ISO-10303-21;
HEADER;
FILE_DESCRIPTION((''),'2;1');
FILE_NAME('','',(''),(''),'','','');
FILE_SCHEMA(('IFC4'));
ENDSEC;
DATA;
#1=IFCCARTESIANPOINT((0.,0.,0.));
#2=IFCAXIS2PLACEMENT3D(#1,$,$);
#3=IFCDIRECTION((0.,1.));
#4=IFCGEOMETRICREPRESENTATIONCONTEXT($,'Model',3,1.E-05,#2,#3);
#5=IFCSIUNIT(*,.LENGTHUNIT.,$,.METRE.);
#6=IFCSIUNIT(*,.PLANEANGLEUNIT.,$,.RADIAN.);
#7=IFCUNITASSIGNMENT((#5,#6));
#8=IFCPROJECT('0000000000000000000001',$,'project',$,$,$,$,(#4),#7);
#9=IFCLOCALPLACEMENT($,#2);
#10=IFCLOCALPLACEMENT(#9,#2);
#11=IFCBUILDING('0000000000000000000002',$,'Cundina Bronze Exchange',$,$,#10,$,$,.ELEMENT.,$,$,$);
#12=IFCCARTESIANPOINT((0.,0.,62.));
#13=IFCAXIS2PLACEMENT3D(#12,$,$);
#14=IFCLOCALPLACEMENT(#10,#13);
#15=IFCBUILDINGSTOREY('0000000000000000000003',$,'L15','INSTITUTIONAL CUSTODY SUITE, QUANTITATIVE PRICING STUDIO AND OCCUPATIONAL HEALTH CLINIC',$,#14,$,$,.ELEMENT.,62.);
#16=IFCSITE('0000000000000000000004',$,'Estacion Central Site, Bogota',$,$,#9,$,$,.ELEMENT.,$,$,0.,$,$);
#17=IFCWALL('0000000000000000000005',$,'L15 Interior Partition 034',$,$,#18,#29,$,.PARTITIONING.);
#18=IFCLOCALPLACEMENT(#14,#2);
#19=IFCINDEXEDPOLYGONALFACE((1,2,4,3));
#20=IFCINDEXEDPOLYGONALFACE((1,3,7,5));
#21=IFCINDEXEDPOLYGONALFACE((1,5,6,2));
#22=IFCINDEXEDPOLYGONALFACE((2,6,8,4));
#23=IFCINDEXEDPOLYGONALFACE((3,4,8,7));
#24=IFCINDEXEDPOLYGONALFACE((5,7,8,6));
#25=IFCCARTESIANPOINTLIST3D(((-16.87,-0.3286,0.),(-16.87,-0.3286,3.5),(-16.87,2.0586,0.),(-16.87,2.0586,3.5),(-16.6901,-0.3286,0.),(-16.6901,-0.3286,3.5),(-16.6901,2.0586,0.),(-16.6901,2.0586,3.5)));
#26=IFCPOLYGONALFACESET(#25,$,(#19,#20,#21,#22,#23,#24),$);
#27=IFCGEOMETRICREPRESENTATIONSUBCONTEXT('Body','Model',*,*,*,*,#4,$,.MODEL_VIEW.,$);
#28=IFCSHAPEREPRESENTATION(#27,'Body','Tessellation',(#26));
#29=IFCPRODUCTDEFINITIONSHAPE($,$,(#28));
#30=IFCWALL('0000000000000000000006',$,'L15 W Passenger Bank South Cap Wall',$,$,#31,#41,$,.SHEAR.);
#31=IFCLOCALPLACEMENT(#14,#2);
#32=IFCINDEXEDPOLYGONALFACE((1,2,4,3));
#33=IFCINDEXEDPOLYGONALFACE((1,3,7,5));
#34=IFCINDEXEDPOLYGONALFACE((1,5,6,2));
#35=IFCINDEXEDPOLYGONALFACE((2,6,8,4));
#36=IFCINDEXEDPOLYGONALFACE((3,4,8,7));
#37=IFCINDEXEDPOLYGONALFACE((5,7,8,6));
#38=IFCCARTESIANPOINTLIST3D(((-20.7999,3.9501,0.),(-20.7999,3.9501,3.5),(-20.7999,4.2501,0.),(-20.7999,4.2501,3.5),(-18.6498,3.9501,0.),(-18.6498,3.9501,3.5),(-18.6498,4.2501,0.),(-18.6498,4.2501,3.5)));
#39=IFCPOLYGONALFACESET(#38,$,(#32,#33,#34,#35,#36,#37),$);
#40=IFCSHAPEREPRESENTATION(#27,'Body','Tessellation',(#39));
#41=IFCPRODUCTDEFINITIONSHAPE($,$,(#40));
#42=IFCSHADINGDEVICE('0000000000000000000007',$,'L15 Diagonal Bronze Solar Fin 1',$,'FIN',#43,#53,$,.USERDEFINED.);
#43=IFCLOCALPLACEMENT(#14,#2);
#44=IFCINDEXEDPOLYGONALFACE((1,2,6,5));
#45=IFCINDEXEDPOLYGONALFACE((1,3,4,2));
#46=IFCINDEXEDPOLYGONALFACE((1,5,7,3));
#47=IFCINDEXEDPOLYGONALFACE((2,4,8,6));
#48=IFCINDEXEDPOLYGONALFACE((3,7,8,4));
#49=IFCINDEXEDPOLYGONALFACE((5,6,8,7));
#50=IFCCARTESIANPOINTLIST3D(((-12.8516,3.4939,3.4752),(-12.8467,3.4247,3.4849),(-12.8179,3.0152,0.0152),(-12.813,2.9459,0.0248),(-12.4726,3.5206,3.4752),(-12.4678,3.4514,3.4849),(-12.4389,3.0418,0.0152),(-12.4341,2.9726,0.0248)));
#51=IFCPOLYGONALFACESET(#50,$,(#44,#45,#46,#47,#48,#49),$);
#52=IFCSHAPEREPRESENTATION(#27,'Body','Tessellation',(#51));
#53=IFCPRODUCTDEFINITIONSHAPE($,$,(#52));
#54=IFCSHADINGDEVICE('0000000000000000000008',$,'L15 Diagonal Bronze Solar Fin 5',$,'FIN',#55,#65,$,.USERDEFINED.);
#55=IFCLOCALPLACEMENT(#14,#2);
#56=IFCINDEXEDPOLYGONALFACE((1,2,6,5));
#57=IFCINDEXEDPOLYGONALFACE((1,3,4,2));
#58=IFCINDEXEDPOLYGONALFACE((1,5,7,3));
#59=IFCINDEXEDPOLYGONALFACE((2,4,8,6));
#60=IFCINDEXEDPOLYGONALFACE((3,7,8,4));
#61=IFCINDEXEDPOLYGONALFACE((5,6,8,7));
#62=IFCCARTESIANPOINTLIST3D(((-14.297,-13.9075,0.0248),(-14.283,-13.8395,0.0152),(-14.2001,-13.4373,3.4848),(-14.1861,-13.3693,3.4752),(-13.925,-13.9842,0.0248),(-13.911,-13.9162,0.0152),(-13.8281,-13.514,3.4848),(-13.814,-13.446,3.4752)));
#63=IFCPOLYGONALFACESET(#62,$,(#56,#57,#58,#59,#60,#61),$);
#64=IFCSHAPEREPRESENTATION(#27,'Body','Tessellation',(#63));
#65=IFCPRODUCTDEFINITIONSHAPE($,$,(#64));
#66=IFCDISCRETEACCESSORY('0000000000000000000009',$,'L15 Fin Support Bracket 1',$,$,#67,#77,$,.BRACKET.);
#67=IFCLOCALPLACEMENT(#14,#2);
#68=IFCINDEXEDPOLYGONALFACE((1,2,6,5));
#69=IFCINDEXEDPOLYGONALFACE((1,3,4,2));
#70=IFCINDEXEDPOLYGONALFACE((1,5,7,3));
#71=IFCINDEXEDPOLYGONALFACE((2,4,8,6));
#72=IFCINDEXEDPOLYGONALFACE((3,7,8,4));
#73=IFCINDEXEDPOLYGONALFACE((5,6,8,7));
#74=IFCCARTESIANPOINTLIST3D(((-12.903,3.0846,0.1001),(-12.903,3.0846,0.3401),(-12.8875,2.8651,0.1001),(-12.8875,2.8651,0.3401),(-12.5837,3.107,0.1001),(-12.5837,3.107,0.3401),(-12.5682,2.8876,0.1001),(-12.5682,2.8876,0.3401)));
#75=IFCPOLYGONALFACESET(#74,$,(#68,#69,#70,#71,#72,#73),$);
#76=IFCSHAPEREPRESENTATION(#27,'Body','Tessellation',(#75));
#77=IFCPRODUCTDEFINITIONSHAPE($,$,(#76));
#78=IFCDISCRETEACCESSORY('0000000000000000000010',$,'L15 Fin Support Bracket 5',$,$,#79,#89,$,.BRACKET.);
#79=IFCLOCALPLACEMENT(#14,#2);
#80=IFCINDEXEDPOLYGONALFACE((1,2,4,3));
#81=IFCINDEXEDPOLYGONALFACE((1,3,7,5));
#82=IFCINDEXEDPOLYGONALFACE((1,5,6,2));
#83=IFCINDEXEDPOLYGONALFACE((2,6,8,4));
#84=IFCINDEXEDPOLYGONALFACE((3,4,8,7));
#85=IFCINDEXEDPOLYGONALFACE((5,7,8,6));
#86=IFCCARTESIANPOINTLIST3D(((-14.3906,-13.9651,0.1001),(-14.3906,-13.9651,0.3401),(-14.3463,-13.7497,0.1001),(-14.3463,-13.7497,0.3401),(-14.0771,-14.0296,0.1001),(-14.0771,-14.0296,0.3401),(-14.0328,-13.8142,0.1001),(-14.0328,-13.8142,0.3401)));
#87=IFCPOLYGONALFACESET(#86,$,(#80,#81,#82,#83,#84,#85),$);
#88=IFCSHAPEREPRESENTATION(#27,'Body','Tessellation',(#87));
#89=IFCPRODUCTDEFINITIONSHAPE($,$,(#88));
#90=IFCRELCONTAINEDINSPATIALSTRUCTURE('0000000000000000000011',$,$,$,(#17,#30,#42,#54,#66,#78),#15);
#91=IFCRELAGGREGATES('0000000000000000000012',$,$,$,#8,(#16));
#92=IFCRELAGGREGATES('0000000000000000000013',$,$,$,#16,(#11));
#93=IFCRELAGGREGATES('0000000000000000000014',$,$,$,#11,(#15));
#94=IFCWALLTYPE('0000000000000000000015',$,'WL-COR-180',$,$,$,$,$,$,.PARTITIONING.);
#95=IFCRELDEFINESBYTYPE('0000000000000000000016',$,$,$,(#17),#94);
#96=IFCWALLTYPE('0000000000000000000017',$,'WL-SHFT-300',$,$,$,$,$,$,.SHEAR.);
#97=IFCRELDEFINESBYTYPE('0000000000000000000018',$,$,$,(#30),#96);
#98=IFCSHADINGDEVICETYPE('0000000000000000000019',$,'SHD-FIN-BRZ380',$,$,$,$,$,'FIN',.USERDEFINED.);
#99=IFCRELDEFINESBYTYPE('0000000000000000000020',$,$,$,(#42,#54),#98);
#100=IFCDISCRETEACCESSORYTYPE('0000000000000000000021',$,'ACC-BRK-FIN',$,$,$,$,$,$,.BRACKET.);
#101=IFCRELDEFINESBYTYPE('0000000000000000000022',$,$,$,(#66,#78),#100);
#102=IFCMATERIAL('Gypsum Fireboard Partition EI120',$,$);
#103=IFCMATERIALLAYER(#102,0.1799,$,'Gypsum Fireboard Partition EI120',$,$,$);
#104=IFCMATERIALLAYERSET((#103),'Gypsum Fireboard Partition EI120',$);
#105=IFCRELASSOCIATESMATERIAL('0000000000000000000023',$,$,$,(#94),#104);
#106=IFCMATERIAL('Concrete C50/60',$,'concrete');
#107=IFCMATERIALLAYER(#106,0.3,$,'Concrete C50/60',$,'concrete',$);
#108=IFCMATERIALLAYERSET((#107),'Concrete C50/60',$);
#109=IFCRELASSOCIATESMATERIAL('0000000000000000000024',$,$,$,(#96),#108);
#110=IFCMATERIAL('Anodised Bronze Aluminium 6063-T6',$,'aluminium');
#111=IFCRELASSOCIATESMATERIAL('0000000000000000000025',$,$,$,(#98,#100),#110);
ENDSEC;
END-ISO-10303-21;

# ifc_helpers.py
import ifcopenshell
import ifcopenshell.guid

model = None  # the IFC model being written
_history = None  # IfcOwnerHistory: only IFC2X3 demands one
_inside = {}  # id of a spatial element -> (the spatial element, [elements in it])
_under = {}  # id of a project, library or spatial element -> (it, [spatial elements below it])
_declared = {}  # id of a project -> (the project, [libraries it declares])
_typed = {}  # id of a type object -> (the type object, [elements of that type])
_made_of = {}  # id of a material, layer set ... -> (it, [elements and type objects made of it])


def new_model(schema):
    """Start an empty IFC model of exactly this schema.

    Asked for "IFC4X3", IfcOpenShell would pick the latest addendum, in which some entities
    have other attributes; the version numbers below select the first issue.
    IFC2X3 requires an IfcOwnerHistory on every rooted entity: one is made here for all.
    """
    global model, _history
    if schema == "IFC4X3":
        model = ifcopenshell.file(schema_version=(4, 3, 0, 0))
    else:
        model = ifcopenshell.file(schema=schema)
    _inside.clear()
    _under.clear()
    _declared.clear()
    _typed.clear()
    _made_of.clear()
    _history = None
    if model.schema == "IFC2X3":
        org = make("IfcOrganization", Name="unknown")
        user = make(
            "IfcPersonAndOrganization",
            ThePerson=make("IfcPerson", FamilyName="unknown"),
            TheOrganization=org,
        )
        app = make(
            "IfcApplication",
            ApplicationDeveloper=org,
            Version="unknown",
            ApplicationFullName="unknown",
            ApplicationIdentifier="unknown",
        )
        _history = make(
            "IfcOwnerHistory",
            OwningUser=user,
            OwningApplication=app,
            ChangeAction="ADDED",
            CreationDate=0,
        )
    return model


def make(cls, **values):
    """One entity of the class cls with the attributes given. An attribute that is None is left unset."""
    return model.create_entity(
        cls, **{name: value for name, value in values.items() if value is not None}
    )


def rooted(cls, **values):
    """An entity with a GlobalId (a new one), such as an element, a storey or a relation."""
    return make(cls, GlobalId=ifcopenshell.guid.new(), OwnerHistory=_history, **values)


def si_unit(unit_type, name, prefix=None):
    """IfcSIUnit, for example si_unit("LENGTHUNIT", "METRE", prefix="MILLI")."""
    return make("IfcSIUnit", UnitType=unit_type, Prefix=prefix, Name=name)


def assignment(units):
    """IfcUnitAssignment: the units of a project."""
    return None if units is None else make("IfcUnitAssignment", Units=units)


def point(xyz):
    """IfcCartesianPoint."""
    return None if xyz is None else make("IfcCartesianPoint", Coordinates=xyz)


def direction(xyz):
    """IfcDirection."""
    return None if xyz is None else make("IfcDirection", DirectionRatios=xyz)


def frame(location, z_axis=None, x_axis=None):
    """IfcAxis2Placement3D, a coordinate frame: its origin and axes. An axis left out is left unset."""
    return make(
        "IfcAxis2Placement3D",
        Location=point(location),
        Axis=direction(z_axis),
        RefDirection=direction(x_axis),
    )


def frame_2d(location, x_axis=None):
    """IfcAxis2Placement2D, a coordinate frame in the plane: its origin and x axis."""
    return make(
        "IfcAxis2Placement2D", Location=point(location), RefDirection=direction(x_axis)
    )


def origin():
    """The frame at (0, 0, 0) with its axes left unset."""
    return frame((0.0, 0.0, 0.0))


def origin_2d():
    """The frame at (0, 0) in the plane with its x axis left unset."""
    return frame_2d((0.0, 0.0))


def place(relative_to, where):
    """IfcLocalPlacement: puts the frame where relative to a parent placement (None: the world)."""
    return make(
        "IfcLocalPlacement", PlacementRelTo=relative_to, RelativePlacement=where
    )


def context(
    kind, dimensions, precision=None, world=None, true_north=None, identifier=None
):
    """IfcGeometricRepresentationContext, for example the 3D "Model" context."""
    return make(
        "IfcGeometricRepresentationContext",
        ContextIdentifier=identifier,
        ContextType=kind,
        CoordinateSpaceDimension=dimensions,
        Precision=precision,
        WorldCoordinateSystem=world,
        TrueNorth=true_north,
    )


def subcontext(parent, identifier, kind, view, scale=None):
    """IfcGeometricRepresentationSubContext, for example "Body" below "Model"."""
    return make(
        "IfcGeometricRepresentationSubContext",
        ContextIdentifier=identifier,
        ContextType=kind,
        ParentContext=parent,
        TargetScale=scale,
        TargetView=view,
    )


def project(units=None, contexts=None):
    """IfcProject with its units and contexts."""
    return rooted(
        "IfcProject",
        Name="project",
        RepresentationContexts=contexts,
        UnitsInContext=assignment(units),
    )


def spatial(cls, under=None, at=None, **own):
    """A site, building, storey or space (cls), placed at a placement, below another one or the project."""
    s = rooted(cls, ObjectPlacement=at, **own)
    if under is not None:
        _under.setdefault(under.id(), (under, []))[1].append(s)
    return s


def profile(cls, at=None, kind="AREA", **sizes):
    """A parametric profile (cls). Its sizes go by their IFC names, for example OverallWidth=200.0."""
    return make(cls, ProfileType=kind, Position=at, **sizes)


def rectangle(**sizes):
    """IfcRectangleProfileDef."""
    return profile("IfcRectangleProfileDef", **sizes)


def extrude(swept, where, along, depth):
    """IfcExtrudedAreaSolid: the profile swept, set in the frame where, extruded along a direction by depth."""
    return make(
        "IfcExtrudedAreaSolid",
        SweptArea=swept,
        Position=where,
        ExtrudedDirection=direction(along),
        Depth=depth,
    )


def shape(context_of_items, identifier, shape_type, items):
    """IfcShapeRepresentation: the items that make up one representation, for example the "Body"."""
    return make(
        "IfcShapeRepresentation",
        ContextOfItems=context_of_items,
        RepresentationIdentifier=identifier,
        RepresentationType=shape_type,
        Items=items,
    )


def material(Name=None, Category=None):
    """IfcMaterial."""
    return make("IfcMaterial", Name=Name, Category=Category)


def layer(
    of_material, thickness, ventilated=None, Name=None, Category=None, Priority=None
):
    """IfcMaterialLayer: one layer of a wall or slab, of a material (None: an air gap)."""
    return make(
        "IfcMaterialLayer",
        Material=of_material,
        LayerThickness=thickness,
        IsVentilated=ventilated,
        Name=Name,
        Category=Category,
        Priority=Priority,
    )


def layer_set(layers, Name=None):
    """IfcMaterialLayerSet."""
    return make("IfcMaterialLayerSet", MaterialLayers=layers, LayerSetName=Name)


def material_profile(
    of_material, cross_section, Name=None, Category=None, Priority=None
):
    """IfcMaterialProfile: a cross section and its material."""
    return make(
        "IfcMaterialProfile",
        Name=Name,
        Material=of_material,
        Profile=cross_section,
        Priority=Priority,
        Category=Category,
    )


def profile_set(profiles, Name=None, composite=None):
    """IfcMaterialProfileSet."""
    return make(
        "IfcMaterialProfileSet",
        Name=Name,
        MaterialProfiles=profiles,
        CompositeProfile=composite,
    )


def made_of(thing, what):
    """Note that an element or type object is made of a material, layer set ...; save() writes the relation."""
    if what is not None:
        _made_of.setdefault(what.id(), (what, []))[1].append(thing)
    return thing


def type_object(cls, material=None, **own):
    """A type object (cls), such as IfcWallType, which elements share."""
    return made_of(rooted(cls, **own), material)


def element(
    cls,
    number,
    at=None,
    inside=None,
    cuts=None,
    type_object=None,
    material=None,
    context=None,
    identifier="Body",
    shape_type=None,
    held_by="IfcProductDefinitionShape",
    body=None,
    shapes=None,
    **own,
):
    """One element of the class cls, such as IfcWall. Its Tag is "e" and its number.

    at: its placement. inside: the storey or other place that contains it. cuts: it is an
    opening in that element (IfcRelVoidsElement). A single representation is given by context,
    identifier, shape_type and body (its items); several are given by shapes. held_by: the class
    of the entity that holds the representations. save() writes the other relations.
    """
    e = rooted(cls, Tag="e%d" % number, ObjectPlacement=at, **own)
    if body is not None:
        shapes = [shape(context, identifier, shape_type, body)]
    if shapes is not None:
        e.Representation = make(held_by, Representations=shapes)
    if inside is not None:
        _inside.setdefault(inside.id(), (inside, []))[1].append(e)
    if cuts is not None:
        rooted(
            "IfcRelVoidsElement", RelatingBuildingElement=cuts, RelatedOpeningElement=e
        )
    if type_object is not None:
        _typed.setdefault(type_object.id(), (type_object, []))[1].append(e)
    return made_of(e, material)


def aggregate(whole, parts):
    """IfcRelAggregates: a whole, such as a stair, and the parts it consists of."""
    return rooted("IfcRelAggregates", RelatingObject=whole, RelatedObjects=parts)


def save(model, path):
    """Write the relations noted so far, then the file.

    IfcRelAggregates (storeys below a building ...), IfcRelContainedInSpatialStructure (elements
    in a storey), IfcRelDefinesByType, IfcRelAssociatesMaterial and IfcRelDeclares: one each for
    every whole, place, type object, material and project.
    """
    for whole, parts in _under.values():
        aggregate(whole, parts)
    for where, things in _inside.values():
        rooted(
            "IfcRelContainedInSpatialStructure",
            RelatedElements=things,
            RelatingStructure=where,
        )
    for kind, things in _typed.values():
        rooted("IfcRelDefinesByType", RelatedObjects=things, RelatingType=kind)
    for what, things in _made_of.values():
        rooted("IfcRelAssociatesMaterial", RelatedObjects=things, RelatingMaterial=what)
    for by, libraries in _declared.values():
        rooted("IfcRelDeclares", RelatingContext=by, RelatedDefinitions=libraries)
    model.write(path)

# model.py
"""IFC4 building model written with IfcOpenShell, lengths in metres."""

from ifc_helpers import new_model, si_unit, direction, frame, frame_2d, origin, origin_2d, place, context, subcontext, project, spatial, rectangle, extrude, material, layer, layer_set, material_profile, profile_set, type_object, element, save


model = new_model("IFC4")

# Units and contexts
model_context = context("Model", 3, precision=1e-05, world=origin(), true_north=direction((0.0, 1.0)))
body_context = subcontext(model_context, "Body", "Model", "MODEL_VIEW")
ifc_project = project(units=[si_unit("LENGTHUNIT", "METRE"), si_unit("PLANEANGLEUNIT", "RADIAN")], contexts=[model_context])

# Site, building, storey
site_placement = place(None, origin())
site = spatial("IfcSite", under=ifc_project, at=site_placement, Name="Estacion Central Site, Bogota", CompositionType="ELEMENT", RefElevation=0.0)
building_placement = place(site_placement, origin())
building = spatial("IfcBuilding", under=site, at=building_placement, Name="Cundina Bronze Exchange", CompositionType="ELEMENT")
storey_placement = place(building_placement, frame((0.0, 0.0, 62.0)))
storey = spatial("IfcBuildingStorey", under=building, at=storey_placement, Name="L15", Description="INSTITUTIONAL CUSTODY SUITE, QUANTITATIVE PRICING STUDIO AND OCCUPATIONAL HEALTH CLINIC", CompositionType="ELEMENT", Elevation=62.0)

# Shared definitions
ifc_material_1 = material(Name="Anodised Bronze Aluminium 6063-T6", Category="aluminium")

# Shared definitions
ifc_material_2 = material(Name="Concrete C50/60", Category="concrete")

# Walls
ifc_material_3 = material(Name="Gypsum Fireboard Partition EI120")
ifc_layer_1 = layer(ifc_material_3, 0.1799, Name="Gypsum Fireboard Partition EI120")
ifc_layer_set_1 = layer_set([ifc_layer_1], Name="Gypsum Fireboard Partition EI120")
wall_type_1 = type_object("IfcWallType", Name="WL-COR-180", PredefinedType="PARTITIONING", material=ifc_layer_set_1)
wall_1_placement = place(storey_placement, frame((-16.78, -0.3286, 0.0), z_axis=(0.0, 0.0, 1.0), x_axis=(0.0, 1.0, 0.0)))
element("IfcWall", 1, at=wall_1_placement, inside=storey, type_object=wall_type_1, Name="L15 Interior Partition 034", PredefinedType="PARTITIONING", context=body_context, shape_type="SweptSolid", body=[
    extrude(rectangle(XDim=2.3872, YDim=0.1799, at=frame_2d((1.1936, 0.0))), origin(), (0.0, 0.0, 1.0), 3.5),
])
ifc_layer_2 = layer(ifc_material_2, 0.3, Name="Concrete C50/60", Category="concrete")
ifc_layer_set_2 = layer_set([ifc_layer_2], Name="Concrete C50/60")
wall_type_2 = type_object("IfcWallType", Name="WL-SHFT-300", PredefinedType="SHEAR", material=ifc_layer_set_2)
wall_2_placement = place(storey_placement, frame((-20.8, 4.1001, 0.0), z_axis=(0.0, 0.0, 1.0), x_axis=(1.0, 0.0, 0.0)))
element("IfcWall", 2, at=wall_2_placement, inside=storey, type_object=wall_type_2, Name="L15 W Passenger Bank South Cap Wall", PredefinedType="SHEAR", context=body_context, shape_type="SweptSolid", body=[
    extrude(rectangle(XDim=2.1501, YDim=0.3, at=frame_2d((1.0752, 0.0))), origin(), (0.0, 0.0, 1.0), 3.5),
])

# Shading devices
ifc_material_profile_1 = material_profile(ifc_material_1, rectangle(XDim=0.0701, YDim=0.3799, at=origin_2d()), Name="FIN70X380", Category="aluminium")
ifc_profile_set_1 = profile_set([ifc_material_profile_1], Name="Anodised Bronze Aluminium 6063-T6")
shading_device_type = type_object("IfcShadingDeviceType", Name="SHD-FIN-BRZ380", ElementType="FIN", PredefinedType="USERDEFINED", material=ifc_profile_set_1)
for number, where, z_axis, x_axis, name in (
    (3, (-12.626, 2.9939, 0.02), (-0.009645, 0.137059, 0.990516), (0.069533, -0.988072, 0.137398), "L15 Diagonal Bronze Solar Fin 1"),
    (4, (-14.104, -13.9119, 0.02), (0.027747, 0.134612, 0.99051), (-0.199967, -0.970115, 0.137442), "L15 Diagonal Bronze Solar Fin 5"),
):
    element("IfcShadingDevice", number, at=place(storey_placement, frame(where, z_axis=z_axis, x_axis=x_axis)), inside=storey, type_object=shading_device_type, Name=name, ObjectType="FIN", PredefinedType="USERDEFINED", context=body_context, shape_type="SweptSolid", body=[
        extrude(rectangle(XDim=0.0701, YDim=0.3799, at=origin_2d()), origin(), (0.0, 0.0, 1.0), 3.4932),
    ])

# Discrete accessories
discrete_accessory_type = type_object("IfcDiscreteAccessoryType", Name="ACC-BRK-FIN", PredefinedType="BRACKET", material=ifc_material_1)
for number, where, z_axis, x_axis, name in (
    (5, (-12.7356, 2.9861, 0.1001), (0.0, 0.0, 1.0), (-0.070279, 0.997527, 0.0), "L15 Fin Support Bracket 1"),
    (6, (-14.2117, -13.8896, 0.1001), (0.0, 0.0, 1.0), (0.20142, 0.979505, 0.0), "L15 Fin Support Bracket 5"),
):
    element("IfcDiscreteAccessory", number, at=place(storey_placement, frame(where, z_axis=z_axis, x_axis=x_axis)), inside=storey, type_object=discrete_accessory_type, Name=name, PredefinedType="BRACKET", context=body_context, shape_type="SweptSolid", body=[
        extrude(rectangle(XDim=0.22, YDim=0.3201, at=origin_2d()), origin(), (0.0, 0.0, 1.0), 0.24),
    ])

save(model, "model.ifc")
